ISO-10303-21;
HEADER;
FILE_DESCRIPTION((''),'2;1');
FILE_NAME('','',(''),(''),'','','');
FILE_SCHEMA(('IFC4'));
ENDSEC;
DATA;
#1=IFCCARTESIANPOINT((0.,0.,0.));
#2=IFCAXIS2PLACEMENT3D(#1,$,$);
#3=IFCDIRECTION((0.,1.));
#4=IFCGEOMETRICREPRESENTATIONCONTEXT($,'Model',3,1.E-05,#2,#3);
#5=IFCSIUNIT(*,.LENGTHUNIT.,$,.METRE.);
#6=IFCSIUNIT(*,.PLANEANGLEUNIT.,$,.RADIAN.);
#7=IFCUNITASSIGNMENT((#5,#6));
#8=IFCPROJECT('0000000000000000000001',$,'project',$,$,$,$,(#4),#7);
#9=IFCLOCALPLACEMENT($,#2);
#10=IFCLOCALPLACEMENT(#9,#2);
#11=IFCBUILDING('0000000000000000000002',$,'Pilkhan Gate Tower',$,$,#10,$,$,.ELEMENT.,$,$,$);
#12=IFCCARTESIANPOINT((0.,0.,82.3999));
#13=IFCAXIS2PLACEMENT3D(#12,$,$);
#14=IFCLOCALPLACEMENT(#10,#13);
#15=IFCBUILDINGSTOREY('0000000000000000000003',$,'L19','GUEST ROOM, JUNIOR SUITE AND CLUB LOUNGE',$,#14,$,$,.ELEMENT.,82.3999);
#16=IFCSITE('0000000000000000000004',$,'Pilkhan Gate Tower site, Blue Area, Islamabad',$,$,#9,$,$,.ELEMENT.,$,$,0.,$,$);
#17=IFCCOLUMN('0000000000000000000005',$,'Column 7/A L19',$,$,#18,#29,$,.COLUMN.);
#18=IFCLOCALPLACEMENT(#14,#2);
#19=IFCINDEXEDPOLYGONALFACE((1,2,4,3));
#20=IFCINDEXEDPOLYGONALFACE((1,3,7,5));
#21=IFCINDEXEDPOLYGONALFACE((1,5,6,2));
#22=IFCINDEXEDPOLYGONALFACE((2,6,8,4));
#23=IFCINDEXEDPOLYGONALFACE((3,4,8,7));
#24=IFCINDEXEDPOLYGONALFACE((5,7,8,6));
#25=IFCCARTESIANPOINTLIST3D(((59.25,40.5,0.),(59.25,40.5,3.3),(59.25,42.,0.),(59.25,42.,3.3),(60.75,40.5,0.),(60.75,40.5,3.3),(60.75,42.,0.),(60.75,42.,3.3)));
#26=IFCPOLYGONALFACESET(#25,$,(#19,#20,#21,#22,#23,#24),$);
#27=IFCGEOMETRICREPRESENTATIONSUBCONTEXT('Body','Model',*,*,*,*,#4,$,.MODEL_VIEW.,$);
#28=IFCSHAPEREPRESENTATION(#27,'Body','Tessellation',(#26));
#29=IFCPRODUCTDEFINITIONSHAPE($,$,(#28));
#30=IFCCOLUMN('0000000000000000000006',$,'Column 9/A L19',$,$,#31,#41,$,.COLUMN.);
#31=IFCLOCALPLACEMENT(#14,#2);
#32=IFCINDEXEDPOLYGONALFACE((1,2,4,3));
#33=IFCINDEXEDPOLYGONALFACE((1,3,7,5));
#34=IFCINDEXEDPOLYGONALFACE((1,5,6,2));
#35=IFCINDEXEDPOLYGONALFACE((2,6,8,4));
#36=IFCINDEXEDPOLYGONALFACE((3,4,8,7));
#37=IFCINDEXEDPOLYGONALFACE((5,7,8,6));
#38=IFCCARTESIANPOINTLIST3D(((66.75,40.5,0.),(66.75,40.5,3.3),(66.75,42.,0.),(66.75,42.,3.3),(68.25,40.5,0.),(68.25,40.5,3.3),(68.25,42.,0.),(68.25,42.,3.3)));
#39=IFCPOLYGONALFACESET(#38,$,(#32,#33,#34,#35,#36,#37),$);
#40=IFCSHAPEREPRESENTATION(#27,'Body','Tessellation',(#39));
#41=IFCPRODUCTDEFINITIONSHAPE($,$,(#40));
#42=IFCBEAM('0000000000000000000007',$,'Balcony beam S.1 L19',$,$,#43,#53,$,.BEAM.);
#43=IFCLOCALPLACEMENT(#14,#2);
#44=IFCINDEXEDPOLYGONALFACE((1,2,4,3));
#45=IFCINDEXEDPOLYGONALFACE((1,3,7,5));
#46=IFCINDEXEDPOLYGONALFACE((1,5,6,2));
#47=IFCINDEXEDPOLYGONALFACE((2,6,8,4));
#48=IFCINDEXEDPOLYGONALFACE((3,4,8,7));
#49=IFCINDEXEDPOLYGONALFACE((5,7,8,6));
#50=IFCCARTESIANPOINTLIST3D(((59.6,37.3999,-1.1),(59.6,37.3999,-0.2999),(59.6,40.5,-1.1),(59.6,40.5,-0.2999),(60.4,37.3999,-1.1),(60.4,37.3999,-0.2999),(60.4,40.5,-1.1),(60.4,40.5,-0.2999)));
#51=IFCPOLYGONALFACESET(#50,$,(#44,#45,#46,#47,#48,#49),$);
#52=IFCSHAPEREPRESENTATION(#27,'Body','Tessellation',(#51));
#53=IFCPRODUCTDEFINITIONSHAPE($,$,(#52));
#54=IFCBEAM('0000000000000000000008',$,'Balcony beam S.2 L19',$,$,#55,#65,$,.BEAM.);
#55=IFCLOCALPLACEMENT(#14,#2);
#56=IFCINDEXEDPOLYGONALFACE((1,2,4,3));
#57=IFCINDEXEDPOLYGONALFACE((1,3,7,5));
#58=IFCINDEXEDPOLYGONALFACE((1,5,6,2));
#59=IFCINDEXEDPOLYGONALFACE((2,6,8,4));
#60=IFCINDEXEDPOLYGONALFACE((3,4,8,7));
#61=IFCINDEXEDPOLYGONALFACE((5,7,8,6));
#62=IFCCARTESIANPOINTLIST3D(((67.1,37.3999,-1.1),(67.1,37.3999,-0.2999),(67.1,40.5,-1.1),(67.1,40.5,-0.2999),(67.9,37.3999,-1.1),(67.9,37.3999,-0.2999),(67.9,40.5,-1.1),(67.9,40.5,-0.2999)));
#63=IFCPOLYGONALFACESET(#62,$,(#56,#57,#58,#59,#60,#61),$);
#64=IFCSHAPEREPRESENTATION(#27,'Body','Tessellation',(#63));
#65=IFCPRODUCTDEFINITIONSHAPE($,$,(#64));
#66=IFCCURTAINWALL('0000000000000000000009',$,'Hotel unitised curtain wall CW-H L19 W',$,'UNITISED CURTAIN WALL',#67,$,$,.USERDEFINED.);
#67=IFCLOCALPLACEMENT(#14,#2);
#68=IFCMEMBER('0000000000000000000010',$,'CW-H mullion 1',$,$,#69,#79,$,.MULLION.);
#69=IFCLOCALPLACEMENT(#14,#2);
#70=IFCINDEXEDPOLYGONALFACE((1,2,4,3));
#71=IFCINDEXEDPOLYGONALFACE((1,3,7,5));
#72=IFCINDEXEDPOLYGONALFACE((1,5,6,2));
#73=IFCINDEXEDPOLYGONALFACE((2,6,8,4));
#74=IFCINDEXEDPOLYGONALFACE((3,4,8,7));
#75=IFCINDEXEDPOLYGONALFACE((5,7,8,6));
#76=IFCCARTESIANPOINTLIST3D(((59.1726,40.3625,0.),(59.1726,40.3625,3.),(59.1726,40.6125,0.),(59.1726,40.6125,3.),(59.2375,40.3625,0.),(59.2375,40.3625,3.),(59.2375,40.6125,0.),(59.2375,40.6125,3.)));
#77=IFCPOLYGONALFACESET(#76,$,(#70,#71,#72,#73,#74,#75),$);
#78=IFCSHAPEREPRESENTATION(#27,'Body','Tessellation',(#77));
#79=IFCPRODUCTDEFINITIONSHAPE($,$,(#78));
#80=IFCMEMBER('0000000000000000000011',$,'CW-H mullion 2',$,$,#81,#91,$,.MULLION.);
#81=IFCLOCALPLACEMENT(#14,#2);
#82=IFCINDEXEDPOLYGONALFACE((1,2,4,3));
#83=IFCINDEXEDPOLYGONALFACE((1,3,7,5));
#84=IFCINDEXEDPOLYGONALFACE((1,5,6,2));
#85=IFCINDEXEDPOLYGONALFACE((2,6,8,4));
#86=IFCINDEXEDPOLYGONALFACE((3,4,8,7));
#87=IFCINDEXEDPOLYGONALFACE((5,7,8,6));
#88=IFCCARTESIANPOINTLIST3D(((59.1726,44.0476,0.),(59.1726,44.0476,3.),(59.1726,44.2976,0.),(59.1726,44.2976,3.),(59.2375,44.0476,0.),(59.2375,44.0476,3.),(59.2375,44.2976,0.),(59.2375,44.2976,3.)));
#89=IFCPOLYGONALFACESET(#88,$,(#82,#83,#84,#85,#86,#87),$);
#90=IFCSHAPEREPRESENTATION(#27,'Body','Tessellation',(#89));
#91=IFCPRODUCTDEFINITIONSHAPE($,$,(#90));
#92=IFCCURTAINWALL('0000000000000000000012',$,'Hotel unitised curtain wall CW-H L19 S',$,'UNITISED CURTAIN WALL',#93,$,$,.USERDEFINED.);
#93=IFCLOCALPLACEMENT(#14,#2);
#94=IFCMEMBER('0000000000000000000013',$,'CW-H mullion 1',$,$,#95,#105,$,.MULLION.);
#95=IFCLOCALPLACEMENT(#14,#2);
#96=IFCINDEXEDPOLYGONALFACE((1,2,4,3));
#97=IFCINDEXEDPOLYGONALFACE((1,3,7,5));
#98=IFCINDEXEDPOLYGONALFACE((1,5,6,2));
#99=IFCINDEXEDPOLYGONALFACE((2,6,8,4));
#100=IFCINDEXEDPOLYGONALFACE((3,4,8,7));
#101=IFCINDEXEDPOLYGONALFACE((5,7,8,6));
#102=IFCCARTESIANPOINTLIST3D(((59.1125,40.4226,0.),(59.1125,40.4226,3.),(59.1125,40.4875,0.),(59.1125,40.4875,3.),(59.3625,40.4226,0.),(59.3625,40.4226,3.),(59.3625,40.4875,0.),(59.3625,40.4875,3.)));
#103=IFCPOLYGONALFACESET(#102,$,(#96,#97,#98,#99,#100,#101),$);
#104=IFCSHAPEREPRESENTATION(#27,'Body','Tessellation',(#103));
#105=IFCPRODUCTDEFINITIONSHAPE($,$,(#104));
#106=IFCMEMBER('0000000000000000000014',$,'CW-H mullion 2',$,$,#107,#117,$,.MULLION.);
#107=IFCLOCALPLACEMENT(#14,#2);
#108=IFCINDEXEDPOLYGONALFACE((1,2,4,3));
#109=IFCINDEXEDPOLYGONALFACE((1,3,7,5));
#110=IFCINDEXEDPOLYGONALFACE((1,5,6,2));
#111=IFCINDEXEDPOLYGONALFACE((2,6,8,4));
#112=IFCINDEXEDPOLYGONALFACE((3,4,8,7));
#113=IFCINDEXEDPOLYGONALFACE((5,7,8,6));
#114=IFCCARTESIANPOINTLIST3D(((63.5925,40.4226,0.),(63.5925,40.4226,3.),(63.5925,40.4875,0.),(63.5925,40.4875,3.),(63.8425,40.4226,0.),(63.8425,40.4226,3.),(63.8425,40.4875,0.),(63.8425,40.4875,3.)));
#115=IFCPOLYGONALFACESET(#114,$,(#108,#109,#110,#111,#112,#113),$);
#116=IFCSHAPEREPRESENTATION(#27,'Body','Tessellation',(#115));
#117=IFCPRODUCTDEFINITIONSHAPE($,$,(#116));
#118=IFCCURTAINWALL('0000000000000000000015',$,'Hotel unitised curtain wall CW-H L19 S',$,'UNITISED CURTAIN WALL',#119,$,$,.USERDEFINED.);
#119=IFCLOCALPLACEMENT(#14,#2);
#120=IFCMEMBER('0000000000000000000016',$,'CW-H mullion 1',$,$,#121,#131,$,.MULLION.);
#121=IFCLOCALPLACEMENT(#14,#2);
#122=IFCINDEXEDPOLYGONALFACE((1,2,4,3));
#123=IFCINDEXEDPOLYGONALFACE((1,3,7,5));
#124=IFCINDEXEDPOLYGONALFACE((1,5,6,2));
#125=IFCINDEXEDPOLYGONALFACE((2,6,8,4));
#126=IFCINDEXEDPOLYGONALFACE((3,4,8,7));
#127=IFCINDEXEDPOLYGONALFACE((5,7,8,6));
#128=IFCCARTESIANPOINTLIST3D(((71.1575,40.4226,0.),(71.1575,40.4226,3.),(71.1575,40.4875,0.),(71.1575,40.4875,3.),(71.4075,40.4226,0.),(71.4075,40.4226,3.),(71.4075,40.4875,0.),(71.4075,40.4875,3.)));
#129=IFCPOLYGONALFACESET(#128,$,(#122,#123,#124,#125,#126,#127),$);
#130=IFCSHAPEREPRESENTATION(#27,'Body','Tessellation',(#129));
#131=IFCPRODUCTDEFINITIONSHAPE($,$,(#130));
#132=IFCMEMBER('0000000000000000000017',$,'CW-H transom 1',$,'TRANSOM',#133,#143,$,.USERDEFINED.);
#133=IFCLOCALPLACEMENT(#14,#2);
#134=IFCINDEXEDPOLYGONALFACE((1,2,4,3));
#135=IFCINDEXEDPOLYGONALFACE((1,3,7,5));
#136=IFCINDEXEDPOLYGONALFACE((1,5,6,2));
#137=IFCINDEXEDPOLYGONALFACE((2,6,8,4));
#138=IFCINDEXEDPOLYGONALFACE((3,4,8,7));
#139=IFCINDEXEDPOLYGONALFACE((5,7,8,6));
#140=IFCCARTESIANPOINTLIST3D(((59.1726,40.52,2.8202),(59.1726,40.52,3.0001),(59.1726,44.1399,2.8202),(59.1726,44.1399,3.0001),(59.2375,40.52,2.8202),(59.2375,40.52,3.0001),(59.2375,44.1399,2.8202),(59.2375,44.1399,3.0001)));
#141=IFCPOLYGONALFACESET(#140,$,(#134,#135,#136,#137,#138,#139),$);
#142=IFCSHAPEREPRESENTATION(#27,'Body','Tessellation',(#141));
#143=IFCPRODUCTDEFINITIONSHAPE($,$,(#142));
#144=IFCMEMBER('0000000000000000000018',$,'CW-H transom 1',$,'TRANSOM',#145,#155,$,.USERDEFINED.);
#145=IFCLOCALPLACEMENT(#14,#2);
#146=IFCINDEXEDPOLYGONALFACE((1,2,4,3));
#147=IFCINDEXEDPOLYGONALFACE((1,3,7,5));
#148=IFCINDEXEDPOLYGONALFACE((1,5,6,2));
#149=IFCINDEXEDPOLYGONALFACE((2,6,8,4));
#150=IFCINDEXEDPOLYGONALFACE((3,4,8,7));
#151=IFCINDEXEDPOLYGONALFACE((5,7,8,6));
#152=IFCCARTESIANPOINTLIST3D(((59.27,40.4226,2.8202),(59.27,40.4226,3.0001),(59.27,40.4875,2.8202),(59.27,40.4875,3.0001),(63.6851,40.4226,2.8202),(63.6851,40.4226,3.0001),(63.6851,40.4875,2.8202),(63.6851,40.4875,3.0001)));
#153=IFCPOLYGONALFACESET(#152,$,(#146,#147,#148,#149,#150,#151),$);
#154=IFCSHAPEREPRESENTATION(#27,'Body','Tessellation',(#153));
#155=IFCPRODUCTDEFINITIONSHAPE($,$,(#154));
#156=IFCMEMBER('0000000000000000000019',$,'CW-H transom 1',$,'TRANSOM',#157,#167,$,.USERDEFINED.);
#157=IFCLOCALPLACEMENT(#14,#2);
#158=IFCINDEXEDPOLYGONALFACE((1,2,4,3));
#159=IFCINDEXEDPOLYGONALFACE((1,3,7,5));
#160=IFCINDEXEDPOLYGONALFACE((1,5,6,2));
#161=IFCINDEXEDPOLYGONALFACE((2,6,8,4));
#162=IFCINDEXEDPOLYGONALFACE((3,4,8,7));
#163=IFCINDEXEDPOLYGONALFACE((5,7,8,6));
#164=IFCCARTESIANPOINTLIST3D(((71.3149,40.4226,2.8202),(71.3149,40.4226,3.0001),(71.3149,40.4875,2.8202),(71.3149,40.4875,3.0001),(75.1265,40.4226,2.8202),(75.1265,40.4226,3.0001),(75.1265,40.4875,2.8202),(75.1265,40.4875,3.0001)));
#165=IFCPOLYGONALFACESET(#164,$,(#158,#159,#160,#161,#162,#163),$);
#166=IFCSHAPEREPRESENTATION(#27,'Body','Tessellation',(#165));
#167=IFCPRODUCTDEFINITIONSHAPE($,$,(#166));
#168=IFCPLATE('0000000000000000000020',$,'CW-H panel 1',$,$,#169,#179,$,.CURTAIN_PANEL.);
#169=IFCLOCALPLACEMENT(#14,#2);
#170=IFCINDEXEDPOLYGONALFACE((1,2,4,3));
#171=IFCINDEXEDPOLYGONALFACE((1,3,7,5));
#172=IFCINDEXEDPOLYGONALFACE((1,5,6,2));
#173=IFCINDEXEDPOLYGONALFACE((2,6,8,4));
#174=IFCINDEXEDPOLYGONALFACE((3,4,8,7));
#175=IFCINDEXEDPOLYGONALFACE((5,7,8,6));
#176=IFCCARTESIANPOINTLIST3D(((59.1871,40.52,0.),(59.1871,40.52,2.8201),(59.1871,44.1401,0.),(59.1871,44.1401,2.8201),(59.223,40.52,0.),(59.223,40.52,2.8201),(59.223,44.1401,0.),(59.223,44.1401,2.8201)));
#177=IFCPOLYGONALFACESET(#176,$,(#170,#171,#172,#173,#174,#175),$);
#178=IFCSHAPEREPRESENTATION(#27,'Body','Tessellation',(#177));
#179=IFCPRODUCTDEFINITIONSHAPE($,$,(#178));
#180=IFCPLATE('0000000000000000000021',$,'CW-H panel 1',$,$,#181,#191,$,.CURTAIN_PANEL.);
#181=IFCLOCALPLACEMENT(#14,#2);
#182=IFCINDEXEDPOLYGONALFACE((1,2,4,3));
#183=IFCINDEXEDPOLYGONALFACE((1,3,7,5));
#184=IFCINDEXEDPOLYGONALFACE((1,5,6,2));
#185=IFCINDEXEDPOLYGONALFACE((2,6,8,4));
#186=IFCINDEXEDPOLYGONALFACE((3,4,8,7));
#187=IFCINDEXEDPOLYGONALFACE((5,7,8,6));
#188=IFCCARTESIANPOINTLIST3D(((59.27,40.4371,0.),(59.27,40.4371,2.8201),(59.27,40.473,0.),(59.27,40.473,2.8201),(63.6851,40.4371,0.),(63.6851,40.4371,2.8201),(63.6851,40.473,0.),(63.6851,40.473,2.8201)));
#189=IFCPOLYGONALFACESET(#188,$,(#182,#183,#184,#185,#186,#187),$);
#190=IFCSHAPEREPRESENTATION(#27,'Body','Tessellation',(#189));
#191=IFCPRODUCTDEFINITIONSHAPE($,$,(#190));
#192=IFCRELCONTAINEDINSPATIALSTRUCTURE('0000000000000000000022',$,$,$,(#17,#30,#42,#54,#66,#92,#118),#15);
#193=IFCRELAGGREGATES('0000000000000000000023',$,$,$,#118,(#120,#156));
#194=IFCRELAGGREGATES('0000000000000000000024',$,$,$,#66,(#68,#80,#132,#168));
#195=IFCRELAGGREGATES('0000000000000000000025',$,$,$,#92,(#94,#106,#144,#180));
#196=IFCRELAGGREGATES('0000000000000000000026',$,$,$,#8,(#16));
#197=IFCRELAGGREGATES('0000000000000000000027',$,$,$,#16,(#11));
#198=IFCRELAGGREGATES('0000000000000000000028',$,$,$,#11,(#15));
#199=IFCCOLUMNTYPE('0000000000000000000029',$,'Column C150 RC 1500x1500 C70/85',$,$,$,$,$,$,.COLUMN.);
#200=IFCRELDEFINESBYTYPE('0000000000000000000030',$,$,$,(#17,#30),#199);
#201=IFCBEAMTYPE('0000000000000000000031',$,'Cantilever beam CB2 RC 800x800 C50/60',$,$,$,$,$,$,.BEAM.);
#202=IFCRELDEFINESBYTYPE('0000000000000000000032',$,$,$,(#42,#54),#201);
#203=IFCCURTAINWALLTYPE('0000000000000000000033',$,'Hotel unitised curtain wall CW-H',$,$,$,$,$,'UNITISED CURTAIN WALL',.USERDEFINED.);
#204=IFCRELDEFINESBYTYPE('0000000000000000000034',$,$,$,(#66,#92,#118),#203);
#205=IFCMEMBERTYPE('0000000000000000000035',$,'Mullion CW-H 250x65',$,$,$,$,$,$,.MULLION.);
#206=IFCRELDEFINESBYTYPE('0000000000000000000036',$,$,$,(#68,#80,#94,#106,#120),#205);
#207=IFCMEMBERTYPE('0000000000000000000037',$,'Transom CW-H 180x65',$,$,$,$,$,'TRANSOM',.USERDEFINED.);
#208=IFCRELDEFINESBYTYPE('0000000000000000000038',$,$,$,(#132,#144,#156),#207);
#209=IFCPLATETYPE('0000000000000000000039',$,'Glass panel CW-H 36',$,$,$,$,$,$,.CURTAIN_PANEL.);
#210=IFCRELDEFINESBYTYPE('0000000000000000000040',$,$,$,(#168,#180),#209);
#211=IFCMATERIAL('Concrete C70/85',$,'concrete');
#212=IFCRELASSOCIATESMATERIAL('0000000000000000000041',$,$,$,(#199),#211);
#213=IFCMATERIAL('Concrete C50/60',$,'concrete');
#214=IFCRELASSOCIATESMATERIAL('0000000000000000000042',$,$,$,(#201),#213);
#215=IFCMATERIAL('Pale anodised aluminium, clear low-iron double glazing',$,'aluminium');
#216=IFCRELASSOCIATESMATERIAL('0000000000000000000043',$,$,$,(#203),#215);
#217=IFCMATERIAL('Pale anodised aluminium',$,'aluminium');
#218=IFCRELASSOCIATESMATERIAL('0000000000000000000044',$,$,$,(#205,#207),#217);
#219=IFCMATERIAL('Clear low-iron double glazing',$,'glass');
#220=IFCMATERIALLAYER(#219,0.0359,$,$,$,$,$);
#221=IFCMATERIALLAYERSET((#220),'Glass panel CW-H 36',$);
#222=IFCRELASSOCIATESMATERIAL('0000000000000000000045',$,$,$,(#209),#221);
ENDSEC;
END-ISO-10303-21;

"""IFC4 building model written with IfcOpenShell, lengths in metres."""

from ifc_helpers import new_model, si_unit, direction, frame, origin, origin_2d, place, context, subcontext, project, spatial, rectangle, extrude, material, layer, layer_set, material_profile, profile_set, type_object, element, aggregate, save


model = new_model("IFC4")

# Units and contexts
model_context = context("Model", 3, precision=1e-05, world=origin(), true_north=direction((0.0, 1.0)))
body_context = subcontext(model_context, "Body", "Model", "MODEL_VIEW")
ifc_project = project(units=[si_unit("LENGTHUNIT", "METRE"), si_unit("PLANEANGLEUNIT", "RADIAN")], contexts=[model_context])

# Site, building, storey
site_placement = place(None, origin())
site = spatial("IfcSite", under=ifc_project, at=site_placement, Name="Pilkhan Gate Tower site, Blue Area, Islamabad", CompositionType="ELEMENT", RefElevation=0.0)
building_placement = place(site_placement, origin())
building = spatial("IfcBuilding", under=site, at=building_placement, Name="Pilkhan Gate Tower", CompositionType="ELEMENT")
storey_placement = place(building_placement, frame((0.0, 0.0, 82.3999)))
storey = spatial("IfcBuildingStorey", under=building, at=storey_placement, Name="L19", Description="GUEST ROOM, JUNIOR SUITE AND CLUB LOUNGE", CompositionType="ELEMENT", Elevation=82.3999)

# Columns
ifc_material_1 = material(Name="Concrete C70/85", Category="concrete")
ifc_material_profile_1 = material_profile(ifc_material_1, rectangle(XDim=1.5, YDim=1.5, at=origin_2d()), Name="RC 1500x1500")
ifc_profile_set_1 = profile_set([ifc_material_profile_1], Name="Concrete C70/85")
column_type = type_object("IfcColumnType", Name="Column C150 RC 1500x1500 C70/85", PredefinedType="COLUMN", material=ifc_profile_set_1)
for number, where, z_axis, x_axis, name in (
    (1, (60.0, 41.25, 0.0), (0.0, 0.0, 1.0), (1.0, 0.0, 0.0), "Column 7/A L19"),
    (2, (67.5, 41.25, 0.0), (0.0, 0.0, 1.0), (1.0, 0.0, 0.0), "Column 9/A L19"),
):
    element("IfcColumn", number, at=place(storey_placement, frame(where, z_axis=z_axis, x_axis=x_axis)), inside=storey, type_object=column_type, Name=name, PredefinedType="COLUMN", context=body_context, shape_type="SweptSolid", body=[
        extrude(rectangle(XDim=1.5, YDim=1.5, at=origin_2d()), origin(), (0.0, 0.0, 1.0), 3.3),
    ])

# Beams
ifc_material_2 = material(Name="Concrete C50/60", Category="concrete")
ifc_material_profile_2 = material_profile(ifc_material_2, rectangle(XDim=0.8, YDim=0.8, at=origin_2d()), Name="RC 800x800")
ifc_profile_set_2 = profile_set([ifc_material_profile_2], Name="Concrete C50/60")
beam_type = type_object("IfcBeamType", Name="Cantilever beam CB2 RC 800x800 C50/60", PredefinedType="BEAM", material=ifc_profile_set_2)
for number, where, z_axis, x_axis, name in (
    (3, (60.0, 40.5, -0.7), (0.0, -1.0, 0.0), (1.0, 0.0, 0.0), "Balcony beam S.1 L19"),
    (4, (67.5, 40.5, -0.7), (0.0, -1.0, 0.0), (1.0, 0.0, 0.0), "Balcony beam S.2 L19"),
):
    element("IfcBeam", number, at=place(storey_placement, frame(where, z_axis=z_axis, x_axis=x_axis)), inside=storey, type_object=beam_type, Name=name, PredefinedType="BEAM", context=body_context, shape_type="SweptSolid", body=[
        extrude(rectangle(XDim=0.8, YDim=0.8, at=origin_2d()), origin(), (0.0, 0.0, 1.0), 3.1001),
    ])

# Curtain walls, members
ifc_material_3 = material(Name="Pale anodised aluminium, clear low-iron double glazing", Category="aluminium")
curtain_wall_type = type_object("IfcCurtainWallType", Name="Hotel unitised curtain wall CW-H", ElementType="UNITISED CURTAIN WALL", PredefinedType="USERDEFINED", material=ifc_material_3)
curtain_wall_1_placement = place(storey_placement, origin())
curtain_wall_1 = element("IfcCurtainWall", 5, at=curtain_wall_1_placement, inside=storey, type_object=curtain_wall_type, Name="Hotel unitised curtain wall CW-H L19 W", ObjectType="UNITISED CURTAIN WALL", PredefinedType="USERDEFINED")
ifc_material_4 = material(Name="Pale anodised aluminium", Category="aluminium")
ifc_material_profile_3 = material_profile(ifc_material_4, rectangle(XDim=0.0649, YDim=0.25, at=origin_2d()), Name="Mullion 250x65")
ifc_profile_set_3 = profile_set([ifc_material_profile_3], Name="Pale anodised aluminium")
member_type_1 = type_object("IfcMemberType", Name="Mullion CW-H 250x65", PredefinedType="MULLION", material=ifc_profile_set_3)
member_1_placement = place(storey_placement, frame((59.2051, 40.4875, 0.0), z_axis=(0.0, 0.0, 1.0), x_axis=(-1.0, 0.0, 0.0)))
member_1 = element("IfcMember", 6, at=member_1_placement, type_object=member_type_1, Name="CW-H mullion 1", PredefinedType="MULLION", context=body_context, shape_type="SweptSolid", body=[
    extrude(rectangle(XDim=0.0649, YDim=0.25, at=origin_2d()), origin(), (0.0, 0.0, 1.0), 3.0),
])
member_2_placement = place(storey_placement, frame((59.2051, 44.1726, 0.0), z_axis=(0.0, 0.0, 1.0), x_axis=(-1.0, 0.0, 0.0)))
member_2 = element("IfcMember", 7, at=member_2_placement, type_object=member_type_1, Name="CW-H mullion 2", PredefinedType="MULLION", context=body_context, shape_type="SweptSolid", body=[
    extrude(rectangle(XDim=0.0649, YDim=0.25, at=origin_2d()), origin(), (0.0, 0.0, 1.0), 3.0),
])
curtain_wall_2_placement = place(storey_placement, origin())
curtain_wall_2 = element("IfcCurtainWall", 8, at=curtain_wall_2_placement, inside=storey, type_object=curtain_wall_type, Name="Hotel unitised curtain wall CW-H L19 S", ObjectType="UNITISED CURTAIN WALL", PredefinedType="USERDEFINED")
member_3_placement = place(storey_placement, frame((59.2375, 40.4551, 0.0), z_axis=(0.0, 0.0, 1.0), x_axis=(0.0, 1.0, 0.0)))
member_3 = element("IfcMember", 9, at=member_3_placement, type_object=member_type_1, Name="CW-H mullion 1", PredefinedType="MULLION", context=body_context, shape_type="SweptSolid", body=[
    extrude(rectangle(XDim=0.0649, YDim=0.25, at=origin_2d()), origin(), (0.0, 0.0, 1.0), 3.0),
])
member_4_placement = place(storey_placement, frame((63.7175, 40.4551, 0.0), z_axis=(0.0, 0.0, 1.0), x_axis=(0.0, 1.0, 0.0)))
member_4 = element("IfcMember", 10, at=member_4_placement, type_object=member_type_1, Name="CW-H mullion 2", PredefinedType="MULLION", context=body_context, shape_type="SweptSolid", body=[
    extrude(rectangle(XDim=0.0649, YDim=0.25, at=origin_2d()), origin(), (0.0, 0.0, 1.0), 3.0),
])

# Curtain wall, member
curtain_wall_3_placement = place(storey_placement, origin())
curtain_wall_3 = element("IfcCurtainWall", 11, at=curtain_wall_3_placement, inside=storey, type_object=curtain_wall_type, Name="Hotel unitised curtain wall CW-H L19 S", ObjectType="UNITISED CURTAIN WALL", PredefinedType="USERDEFINED")
member_5_placement = place(storey_placement, frame((71.2825, 40.4551, 0.0), z_axis=(0.0, 0.0, 1.0), x_axis=(0.0, 1.0, 0.0)))
member_5 = element("IfcMember", 12, at=member_5_placement, type_object=member_type_1, Name="CW-H mullion 1", PredefinedType="MULLION", context=body_context, shape_type="SweptSolid", body=[
    extrude(rectangle(XDim=0.0649, YDim=0.25, at=origin_2d()), origin(), (0.0, 0.0, 1.0), 3.0),
])

# Members
ifc_material_profile_4 = material_profile(ifc_material_4, rectangle(XDim=0.0649, YDim=0.1799, at=origin_2d()), Name="Transom 180x65")
ifc_profile_set_4 = profile_set([ifc_material_profile_4], Name="Pale anodised aluminium")
member_type_2 = type_object("IfcMemberType", Name="Transom CW-H 180x65", ElementType="TRANSOM", PredefinedType="USERDEFINED", material=ifc_profile_set_4)
member_6_placement = place(storey_placement, frame((59.2051, 40.52, 2.9102), z_axis=(0.0, 1.0, 0.0), x_axis=(-1.0, 0.0, 0.0)))
member_6 = element("IfcMember", 13, at=member_6_placement, type_object=member_type_2, Name="CW-H transom 1", ObjectType="TRANSOM", PredefinedType="USERDEFINED", context=body_context, shape_type="SweptSolid", body=[
    extrude(rectangle(XDim=0.0649, YDim=0.1799, at=origin_2d()), origin(), (0.0, 0.0, 1.0), 3.6199),
])
member_7_placement = place(storey_placement, frame((59.27, 40.4551, 2.9102), z_axis=(1.0, 0.0, 0.0), x_axis=(0.0, 1.0, 0.0)))
member_7 = element("IfcMember", 14, at=member_7_placement, type_object=member_type_2, Name="CW-H transom 1", ObjectType="TRANSOM", PredefinedType="USERDEFINED", context=body_context, shape_type="SweptSolid", body=[
    extrude(rectangle(XDim=0.0649, YDim=0.1799, at=origin_2d()), origin(), (0.0, 0.0, 1.0), 4.415),
])
member_8_placement = place(storey_placement, frame((71.3149, 40.4551, 2.9102), z_axis=(1.0, 0.0, 0.0), x_axis=(0.0, 1.0, 0.0)))
member_8 = element("IfcMember", 15, at=member_8_placement, type_object=member_type_2, Name="CW-H transom 1", ObjectType="TRANSOM", PredefinedType="USERDEFINED", context=body_context, shape_type="SweptSolid", body=[
    extrude(rectangle(XDim=0.0649, YDim=0.1799, at=origin_2d()), origin(), (0.0, 0.0, 1.0), 3.8115),
])
aggregate(curtain_wall_3, [member_5, member_8])

# Plates
ifc_material_5 = material(Name="Clear low-iron double glazing", Category="glass")
ifc_layer_1 = layer(ifc_material_5, 0.0359)
ifc_layer_set_1 = layer_set([ifc_layer_1], Name="Glass panel CW-H 36")
plate_type = type_object("IfcPlateType", Name="Glass panel CW-H 36", PredefinedType="CURTAIN_PANEL", material=ifc_layer_set_1)
plate_1_placement = place(storey_placement, frame((59.2051, 42.3301, 0.0), z_axis=(0.0, 0.0, 1.0), x_axis=(0.0, 1.0, 0.0)))
plate_1 = element("IfcPlate", 16, at=plate_1_placement, type_object=plate_type, Name="CW-H panel 1", PredefinedType="CURTAIN_PANEL", context=body_context, shape_type="SweptSolid", body=[
    extrude(rectangle(XDim=3.6201, YDim=0.0359, at=origin_2d()), origin(), (0.0, 0.0, 1.0), 2.8201),
])
aggregate(curtain_wall_1, [member_1, member_2, member_6, plate_1])
plate_2_placement = place(storey_placement, frame((61.4775, 40.4551, 0.0), z_axis=(0.0, 0.0, 1.0), x_axis=(1.0, 0.0, 0.0)))
plate_2 = element("IfcPlate", 17, at=plate_2_placement, type_object=plate_type, Name="CW-H panel 1", PredefinedType="CURTAIN_PANEL", context=body_context, shape_type="SweptSolid", body=[
    extrude(rectangle(XDim=4.415, YDim=0.0359, at=origin_2d()), origin(), (0.0, 0.0, 1.0), 2.8201),
])
aggregate(curtain_wall_2, [member_3, member_4, member_7, plate_2])

save(model, "model.ifc")
